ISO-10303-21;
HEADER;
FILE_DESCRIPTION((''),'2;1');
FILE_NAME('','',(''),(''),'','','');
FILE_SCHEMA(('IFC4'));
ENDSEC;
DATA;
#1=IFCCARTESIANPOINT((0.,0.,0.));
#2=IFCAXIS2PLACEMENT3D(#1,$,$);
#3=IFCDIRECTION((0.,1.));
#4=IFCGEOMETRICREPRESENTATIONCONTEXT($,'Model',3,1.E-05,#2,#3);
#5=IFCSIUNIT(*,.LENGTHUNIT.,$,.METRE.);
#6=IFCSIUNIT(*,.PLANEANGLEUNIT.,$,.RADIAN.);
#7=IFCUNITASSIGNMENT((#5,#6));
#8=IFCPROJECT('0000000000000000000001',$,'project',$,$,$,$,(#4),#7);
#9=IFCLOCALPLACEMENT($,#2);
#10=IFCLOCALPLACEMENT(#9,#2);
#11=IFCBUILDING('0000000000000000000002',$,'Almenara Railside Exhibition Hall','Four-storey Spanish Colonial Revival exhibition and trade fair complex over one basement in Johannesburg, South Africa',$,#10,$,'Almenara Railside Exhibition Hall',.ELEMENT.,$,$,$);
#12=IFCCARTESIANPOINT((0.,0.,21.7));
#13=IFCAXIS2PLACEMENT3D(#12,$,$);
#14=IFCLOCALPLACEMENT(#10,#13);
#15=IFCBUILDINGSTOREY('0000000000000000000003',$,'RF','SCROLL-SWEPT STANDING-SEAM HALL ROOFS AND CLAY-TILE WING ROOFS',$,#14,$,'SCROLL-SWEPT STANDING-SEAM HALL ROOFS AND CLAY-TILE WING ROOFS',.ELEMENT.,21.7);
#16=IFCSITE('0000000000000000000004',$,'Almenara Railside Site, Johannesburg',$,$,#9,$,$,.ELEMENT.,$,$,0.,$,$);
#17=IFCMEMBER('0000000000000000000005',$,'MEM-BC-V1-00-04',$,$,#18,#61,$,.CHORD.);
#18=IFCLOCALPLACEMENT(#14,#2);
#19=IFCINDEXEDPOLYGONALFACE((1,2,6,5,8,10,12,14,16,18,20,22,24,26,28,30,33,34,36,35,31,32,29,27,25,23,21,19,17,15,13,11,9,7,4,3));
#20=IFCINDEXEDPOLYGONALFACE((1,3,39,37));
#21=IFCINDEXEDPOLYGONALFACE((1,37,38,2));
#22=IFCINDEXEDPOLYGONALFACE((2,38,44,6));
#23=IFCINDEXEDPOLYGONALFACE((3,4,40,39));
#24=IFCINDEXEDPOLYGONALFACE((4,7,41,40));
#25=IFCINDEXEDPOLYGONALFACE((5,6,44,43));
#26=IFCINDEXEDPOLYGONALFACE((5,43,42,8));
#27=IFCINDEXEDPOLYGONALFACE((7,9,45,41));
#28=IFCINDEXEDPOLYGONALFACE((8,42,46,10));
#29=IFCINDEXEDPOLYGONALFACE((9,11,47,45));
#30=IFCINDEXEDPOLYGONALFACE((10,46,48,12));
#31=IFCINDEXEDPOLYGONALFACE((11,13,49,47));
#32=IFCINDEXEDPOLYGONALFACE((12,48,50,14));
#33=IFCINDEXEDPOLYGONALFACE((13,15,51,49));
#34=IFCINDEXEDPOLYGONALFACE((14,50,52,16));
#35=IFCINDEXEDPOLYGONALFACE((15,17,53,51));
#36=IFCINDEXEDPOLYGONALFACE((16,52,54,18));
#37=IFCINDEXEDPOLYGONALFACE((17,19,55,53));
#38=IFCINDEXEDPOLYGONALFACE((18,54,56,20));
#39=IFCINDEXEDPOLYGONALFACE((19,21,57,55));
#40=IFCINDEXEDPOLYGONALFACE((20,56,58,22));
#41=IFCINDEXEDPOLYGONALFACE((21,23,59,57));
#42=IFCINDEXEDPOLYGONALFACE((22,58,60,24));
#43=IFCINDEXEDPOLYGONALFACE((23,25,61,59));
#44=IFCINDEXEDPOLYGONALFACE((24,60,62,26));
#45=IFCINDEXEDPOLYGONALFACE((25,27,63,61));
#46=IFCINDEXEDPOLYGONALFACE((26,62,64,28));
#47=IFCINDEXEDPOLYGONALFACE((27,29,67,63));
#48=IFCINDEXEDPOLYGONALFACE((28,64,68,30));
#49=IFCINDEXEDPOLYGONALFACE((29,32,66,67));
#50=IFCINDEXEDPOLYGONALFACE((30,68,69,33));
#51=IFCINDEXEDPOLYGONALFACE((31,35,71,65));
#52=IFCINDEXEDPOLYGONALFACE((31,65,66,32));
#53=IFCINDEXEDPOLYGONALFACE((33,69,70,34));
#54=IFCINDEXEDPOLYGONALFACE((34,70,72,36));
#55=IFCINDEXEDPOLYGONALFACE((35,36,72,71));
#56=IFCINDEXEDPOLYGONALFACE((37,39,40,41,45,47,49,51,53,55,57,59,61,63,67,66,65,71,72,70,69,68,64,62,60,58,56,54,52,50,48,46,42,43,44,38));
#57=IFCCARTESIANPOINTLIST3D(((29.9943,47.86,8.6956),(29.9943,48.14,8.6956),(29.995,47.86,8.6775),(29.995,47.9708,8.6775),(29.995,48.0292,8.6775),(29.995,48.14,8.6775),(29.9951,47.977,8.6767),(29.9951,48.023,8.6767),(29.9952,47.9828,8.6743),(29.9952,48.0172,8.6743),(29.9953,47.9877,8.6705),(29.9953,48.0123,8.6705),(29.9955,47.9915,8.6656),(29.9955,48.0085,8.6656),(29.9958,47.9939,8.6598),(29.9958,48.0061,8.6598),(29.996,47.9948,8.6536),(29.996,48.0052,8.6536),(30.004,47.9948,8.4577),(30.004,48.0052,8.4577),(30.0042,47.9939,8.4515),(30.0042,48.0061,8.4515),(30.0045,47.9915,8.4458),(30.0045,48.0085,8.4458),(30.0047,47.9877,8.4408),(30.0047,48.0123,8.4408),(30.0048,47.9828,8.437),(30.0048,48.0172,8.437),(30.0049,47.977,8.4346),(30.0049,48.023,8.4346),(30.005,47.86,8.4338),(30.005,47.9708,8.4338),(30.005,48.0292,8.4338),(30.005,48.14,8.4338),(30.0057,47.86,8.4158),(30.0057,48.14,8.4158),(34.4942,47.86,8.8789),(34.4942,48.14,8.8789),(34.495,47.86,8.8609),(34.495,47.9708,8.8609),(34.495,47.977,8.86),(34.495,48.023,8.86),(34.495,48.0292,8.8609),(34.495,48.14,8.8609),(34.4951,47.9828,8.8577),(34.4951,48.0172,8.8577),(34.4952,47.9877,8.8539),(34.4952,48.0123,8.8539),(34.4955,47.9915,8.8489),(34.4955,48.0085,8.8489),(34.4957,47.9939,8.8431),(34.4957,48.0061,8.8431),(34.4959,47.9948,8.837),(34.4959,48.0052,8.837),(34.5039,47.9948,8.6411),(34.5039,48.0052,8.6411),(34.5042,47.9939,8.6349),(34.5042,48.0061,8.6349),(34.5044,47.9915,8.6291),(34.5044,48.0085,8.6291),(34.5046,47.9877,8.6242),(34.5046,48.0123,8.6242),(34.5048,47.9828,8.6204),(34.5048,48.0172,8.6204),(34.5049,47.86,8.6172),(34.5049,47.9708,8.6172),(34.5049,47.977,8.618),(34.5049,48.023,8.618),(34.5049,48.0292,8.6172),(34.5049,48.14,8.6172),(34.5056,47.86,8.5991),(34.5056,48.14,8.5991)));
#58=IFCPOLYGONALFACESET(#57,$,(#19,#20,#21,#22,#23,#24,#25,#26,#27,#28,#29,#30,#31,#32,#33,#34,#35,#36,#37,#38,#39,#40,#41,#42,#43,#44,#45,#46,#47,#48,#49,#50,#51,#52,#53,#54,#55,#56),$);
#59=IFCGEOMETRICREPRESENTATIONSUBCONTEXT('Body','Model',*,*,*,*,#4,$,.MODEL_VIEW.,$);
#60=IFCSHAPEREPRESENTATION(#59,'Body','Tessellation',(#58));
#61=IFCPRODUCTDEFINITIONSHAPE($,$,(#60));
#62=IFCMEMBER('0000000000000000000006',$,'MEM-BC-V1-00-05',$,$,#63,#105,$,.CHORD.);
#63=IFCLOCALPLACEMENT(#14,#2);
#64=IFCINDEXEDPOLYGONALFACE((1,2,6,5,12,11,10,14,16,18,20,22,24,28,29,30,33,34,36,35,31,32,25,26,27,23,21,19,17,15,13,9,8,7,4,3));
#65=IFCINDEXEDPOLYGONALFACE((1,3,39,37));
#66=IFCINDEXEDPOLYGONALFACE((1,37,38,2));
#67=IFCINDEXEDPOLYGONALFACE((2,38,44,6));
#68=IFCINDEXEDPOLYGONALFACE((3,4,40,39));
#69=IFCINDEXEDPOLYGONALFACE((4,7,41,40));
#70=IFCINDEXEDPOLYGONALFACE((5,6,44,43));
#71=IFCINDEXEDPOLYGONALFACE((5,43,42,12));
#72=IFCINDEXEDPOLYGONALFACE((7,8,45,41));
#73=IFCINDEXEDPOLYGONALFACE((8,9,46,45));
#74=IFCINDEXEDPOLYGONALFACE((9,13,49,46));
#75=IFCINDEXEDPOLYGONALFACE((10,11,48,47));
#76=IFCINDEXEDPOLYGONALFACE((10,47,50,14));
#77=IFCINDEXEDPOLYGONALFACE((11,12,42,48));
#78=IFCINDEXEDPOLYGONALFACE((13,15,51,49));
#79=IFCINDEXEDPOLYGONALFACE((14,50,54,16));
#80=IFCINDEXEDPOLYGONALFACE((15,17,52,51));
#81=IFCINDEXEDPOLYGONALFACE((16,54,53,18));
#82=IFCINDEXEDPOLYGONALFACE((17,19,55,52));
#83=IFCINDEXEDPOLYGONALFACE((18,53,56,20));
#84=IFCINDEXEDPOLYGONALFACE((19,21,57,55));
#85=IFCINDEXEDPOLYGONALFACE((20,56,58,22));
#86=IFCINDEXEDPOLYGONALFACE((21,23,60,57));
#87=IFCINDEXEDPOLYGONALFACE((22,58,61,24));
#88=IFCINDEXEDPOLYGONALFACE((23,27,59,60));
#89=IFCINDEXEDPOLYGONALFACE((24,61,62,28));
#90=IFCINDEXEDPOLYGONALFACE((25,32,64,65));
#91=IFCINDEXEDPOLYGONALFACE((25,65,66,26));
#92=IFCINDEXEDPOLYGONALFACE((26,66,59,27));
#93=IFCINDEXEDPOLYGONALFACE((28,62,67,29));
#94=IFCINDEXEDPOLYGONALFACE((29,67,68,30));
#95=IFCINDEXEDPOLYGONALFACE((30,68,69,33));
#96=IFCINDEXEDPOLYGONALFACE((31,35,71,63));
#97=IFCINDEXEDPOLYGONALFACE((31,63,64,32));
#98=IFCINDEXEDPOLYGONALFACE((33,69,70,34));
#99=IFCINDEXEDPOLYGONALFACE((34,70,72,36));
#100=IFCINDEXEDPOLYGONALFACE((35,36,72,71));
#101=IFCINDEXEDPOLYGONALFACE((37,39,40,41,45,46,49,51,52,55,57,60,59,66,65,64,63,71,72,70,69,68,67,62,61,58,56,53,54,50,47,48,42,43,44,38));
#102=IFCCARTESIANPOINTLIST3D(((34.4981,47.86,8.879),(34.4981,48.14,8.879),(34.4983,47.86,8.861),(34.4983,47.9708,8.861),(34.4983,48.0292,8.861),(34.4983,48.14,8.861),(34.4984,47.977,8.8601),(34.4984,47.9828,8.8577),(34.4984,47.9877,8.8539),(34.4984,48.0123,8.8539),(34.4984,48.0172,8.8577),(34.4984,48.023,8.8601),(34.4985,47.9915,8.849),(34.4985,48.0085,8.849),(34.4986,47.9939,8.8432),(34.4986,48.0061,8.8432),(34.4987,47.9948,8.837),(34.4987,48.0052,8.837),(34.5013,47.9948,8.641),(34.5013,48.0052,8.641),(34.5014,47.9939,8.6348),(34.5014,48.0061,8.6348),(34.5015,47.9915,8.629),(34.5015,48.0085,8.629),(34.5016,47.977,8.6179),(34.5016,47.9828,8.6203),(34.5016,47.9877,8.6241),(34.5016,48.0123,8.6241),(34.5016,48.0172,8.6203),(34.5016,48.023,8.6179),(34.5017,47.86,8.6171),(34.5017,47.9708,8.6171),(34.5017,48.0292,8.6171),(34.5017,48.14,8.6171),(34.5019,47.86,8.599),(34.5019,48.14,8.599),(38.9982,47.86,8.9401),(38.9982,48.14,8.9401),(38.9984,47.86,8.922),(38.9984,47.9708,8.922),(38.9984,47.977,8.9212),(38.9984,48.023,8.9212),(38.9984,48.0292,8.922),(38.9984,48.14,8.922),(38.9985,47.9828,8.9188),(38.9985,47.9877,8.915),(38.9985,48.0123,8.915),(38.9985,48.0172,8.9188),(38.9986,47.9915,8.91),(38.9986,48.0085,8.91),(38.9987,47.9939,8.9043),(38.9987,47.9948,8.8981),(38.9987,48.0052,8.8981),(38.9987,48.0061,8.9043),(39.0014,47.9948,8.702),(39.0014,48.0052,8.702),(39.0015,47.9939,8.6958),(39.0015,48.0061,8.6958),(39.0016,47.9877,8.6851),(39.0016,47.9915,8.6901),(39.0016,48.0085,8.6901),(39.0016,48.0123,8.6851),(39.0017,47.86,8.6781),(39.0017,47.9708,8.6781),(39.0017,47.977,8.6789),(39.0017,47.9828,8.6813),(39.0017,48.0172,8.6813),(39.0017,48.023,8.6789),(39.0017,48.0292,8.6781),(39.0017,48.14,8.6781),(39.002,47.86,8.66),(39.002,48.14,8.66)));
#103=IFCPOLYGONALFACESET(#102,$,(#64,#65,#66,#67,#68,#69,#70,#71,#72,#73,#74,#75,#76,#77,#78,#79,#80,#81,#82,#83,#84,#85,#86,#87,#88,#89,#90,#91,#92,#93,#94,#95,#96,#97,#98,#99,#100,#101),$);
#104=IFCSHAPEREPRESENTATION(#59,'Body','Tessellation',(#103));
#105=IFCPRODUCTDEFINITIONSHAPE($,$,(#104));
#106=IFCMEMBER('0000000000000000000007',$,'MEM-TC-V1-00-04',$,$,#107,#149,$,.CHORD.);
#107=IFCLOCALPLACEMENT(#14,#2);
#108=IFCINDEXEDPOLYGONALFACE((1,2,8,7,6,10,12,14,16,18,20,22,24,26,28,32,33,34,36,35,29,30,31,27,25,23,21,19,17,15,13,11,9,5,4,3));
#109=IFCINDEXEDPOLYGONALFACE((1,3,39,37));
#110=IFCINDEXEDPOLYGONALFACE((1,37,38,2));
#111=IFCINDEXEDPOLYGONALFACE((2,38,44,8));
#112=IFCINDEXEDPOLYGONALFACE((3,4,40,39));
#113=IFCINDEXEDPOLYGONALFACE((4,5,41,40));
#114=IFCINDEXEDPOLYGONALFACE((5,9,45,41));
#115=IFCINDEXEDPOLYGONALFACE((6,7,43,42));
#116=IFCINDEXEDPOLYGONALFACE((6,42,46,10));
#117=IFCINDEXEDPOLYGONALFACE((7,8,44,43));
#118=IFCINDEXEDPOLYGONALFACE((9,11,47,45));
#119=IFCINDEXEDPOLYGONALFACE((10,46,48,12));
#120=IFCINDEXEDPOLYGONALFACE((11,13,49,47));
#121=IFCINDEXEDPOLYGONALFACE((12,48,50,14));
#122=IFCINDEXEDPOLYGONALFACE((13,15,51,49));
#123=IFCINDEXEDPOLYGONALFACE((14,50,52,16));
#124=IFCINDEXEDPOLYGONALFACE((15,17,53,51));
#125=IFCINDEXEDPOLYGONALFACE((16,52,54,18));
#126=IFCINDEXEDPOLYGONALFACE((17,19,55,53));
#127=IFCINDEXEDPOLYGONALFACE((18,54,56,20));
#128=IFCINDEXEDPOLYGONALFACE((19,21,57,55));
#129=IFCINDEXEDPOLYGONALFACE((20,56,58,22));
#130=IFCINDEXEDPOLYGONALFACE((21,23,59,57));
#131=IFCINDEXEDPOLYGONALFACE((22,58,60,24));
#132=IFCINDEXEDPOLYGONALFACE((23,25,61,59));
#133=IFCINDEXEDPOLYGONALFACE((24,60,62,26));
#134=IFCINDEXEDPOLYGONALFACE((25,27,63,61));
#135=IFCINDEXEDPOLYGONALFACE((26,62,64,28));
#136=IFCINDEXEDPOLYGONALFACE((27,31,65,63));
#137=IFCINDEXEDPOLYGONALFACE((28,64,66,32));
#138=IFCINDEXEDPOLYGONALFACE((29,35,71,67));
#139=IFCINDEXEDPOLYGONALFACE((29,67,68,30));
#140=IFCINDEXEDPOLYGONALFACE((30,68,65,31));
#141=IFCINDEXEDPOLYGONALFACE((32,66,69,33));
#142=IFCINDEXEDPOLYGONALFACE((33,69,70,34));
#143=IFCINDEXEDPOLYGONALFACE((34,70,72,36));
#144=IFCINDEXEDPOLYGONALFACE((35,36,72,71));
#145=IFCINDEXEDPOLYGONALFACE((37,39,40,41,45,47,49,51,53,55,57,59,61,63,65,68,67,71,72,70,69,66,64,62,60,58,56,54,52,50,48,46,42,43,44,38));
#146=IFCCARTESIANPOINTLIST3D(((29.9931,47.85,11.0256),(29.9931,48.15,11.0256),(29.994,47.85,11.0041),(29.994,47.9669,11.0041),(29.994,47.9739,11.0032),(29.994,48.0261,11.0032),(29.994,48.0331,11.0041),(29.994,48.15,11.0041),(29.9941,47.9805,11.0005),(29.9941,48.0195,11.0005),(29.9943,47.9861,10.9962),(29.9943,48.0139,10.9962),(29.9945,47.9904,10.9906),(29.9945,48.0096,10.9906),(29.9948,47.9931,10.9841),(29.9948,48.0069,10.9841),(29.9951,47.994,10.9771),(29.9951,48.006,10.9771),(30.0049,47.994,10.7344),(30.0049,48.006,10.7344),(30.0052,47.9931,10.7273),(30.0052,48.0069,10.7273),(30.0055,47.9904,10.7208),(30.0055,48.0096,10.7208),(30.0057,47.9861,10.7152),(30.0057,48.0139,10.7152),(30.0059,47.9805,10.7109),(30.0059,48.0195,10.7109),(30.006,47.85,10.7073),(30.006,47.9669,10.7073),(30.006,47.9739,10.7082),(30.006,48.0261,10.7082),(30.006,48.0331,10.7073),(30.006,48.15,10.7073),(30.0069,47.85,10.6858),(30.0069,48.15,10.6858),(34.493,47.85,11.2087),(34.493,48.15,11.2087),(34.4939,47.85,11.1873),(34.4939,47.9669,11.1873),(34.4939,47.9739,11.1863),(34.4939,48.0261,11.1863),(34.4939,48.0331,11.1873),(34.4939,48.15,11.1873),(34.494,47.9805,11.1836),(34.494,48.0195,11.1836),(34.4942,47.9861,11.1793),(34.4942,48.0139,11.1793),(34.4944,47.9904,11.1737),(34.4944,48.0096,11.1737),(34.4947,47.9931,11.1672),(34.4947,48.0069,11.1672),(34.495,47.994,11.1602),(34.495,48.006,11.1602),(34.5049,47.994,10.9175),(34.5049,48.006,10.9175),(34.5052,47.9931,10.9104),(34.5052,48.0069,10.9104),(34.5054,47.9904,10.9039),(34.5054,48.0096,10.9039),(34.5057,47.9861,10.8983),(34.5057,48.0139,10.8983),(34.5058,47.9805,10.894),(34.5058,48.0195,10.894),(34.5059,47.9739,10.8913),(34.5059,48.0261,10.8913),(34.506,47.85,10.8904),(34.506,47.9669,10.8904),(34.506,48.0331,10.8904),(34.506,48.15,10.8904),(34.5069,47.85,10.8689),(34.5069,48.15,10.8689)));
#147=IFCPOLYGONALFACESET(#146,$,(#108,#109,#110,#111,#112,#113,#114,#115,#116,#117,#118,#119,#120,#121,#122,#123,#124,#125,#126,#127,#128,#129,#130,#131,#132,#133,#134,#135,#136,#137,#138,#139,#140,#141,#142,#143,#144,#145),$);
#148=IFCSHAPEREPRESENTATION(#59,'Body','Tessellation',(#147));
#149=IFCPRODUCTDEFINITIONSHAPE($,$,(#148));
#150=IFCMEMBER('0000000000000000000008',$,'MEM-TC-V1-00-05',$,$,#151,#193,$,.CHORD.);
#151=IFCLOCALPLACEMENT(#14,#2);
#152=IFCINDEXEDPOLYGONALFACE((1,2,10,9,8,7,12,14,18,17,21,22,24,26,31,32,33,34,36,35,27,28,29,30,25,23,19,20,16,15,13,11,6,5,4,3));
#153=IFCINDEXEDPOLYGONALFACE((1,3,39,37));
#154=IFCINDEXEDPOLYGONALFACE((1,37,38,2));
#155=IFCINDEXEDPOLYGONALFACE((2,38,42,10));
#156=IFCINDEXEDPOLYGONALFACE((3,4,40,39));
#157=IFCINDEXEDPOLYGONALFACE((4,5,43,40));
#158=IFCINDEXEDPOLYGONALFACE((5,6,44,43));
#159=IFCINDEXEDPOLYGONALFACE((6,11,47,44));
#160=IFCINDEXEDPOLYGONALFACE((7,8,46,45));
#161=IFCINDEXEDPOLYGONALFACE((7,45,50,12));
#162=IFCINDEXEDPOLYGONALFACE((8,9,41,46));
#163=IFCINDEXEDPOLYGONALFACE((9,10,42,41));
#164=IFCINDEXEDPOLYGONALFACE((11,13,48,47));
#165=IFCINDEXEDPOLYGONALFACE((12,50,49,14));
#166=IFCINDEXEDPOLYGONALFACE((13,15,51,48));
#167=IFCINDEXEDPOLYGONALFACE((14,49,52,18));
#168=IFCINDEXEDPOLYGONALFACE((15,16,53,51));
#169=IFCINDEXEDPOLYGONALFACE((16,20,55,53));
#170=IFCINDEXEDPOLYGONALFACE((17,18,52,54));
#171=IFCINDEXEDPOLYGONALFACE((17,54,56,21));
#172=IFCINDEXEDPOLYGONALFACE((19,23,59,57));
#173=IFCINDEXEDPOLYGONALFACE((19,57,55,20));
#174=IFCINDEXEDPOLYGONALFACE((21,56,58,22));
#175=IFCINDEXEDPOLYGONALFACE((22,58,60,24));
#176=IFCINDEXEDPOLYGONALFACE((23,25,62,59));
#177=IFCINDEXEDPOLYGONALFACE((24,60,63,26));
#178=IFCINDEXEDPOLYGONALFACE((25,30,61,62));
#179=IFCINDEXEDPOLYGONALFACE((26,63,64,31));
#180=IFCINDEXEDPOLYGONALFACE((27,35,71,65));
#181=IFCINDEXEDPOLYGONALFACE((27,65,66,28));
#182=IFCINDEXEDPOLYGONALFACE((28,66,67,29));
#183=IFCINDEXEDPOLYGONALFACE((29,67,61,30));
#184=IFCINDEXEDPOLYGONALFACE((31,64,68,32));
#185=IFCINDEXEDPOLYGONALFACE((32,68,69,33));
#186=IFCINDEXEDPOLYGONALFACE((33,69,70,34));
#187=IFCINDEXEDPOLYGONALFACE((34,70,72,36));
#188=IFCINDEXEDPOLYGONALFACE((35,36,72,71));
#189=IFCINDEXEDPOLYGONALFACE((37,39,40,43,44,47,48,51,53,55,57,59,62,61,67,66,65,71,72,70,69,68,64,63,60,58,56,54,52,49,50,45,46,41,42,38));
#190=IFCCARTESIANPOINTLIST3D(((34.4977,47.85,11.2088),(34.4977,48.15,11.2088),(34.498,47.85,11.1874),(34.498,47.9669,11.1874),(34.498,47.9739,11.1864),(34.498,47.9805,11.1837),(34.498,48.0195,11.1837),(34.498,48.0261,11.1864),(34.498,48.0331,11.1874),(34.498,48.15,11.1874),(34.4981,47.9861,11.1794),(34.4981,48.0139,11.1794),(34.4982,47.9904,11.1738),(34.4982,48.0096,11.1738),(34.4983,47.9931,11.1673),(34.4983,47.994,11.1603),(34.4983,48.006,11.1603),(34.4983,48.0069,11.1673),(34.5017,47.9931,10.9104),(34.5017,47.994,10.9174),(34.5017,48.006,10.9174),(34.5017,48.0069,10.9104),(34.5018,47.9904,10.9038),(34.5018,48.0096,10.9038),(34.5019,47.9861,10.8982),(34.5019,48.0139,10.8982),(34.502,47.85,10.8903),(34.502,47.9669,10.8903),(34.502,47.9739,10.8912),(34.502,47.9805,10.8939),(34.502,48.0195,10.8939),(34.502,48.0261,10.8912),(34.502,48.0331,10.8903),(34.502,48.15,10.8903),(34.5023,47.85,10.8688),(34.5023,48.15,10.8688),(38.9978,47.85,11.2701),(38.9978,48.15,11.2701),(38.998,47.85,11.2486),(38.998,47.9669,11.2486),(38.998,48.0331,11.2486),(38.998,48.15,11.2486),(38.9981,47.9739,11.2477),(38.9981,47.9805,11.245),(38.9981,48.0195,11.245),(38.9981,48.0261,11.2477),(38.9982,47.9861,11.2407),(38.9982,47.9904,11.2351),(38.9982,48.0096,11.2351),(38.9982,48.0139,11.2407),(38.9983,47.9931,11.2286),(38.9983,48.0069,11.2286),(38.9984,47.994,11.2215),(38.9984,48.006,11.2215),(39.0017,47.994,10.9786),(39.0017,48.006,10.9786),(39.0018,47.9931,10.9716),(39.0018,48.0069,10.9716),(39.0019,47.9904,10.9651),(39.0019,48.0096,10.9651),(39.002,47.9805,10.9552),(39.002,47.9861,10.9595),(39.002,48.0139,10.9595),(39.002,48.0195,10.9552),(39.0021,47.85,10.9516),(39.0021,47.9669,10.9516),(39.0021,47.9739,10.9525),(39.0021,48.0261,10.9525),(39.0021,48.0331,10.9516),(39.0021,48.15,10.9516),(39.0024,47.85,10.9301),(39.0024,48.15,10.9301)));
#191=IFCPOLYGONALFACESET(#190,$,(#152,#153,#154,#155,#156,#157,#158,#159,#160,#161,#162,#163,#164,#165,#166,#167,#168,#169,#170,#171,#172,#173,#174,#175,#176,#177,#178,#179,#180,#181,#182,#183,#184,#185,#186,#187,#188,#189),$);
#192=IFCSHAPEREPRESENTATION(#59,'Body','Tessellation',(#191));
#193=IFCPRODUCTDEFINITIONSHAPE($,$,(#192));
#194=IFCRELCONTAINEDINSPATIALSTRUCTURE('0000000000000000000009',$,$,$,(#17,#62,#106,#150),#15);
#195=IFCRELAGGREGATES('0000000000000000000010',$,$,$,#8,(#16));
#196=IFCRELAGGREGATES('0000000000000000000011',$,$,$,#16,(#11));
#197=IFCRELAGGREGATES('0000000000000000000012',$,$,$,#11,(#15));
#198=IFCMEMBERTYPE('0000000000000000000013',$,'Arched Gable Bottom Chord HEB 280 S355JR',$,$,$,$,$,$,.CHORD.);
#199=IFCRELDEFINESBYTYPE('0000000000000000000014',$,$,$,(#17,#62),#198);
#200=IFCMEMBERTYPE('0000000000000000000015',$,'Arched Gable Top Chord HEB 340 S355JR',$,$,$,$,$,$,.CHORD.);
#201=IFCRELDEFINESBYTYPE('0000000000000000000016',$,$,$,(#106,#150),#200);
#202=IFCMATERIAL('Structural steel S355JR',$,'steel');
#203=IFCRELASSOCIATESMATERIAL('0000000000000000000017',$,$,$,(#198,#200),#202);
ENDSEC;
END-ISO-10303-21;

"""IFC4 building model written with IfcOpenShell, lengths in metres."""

from ifc_helpers import new_model, si_unit, direction, frame, origin, origin_2d, place, context, subcontext, project, spatial, i_section, extrude, material, material_profile, profile_set, type_object, element, save


model = new_model("IFC4")

# Units and contexts
model_context = context("Model", 3, precision=1e-05, world=origin(), true_north=direction((0.0, 1.0)))
body_context = subcontext(model_context, "Body", "Model", "MODEL_VIEW")
ifc_project = project(units=[si_unit("LENGTHUNIT", "METRE"), si_unit("PLANEANGLEUNIT", "RADIAN")], contexts=[model_context])

# Site, building, storey
site_placement = place(None, origin())
site = spatial("IfcSite", under=ifc_project, at=site_placement, Name="Almenara Railside Site, Johannesburg", CompositionType="ELEMENT", RefElevation=0.0)
building_placement = place(site_placement, origin())
building = spatial("IfcBuilding", under=site, at=building_placement, Name="Almenara Railside Exhibition Hall", Description="Four-storey Spanish Colonial Revival exhibition and trade fair complex over one basement in Johannesburg, South Africa", LongName="Almenara Railside Exhibition Hall", CompositionType="ELEMENT")
storey_placement = place(building_placement, frame((0.0, 0.0, 21.7)))
storey = spatial("IfcBuildingStorey", under=building, at=storey_placement, Name="RF", Description="SCROLL-SWEPT STANDING-SEAM HALL ROOFS AND CLAY-TILE WING ROOFS", LongName="SCROLL-SWEPT STANDING-SEAM HALL ROOFS AND CLAY-TILE WING ROOFS", CompositionType="ELEMENT", Elevation=21.7)

# Members
ifc_material_1 = material(Name="Structural steel S355JR", Category="steel")
ifc_material_profile_1 = material_profile(ifc_material_1, i_section(OverallWidth=0.28, OverallDepth=0.28, WebThickness=0.0105, FlangeThickness=0.0181, FilletRadius=0.0239, at=origin_2d()), Name="HEB 280")
ifc_profile_set_1 = profile_set([ifc_material_profile_1], Name="Structural steel S355JR")
member_type_1 = type_object("IfcMemberType", Name="Arched Gable Bottom Chord HEB 280 S355JR", PredefinedType="CHORD", material=ifc_profile_set_1)
member_1_placement = place(storey_placement, frame((30.0, 48.0, 8.5557), z_axis=(0.999171, 0.0, 0.040711), x_axis=(0.0, 1.0, 0.0)))
element("IfcMember", 1, at=member_1_placement, inside=storey, type_object=member_type_1, Name="MEM-BC-V1-00-04", PredefinedType="CHORD", context=body_context, shape_type="SweptSolid", body=[
    extrude(i_section(OverallWidth=0.28, OverallDepth=0.28, WebThickness=0.0105, FlangeThickness=0.0181, FilletRadius=0.0239, at=origin_2d()), origin(), (0.0, 0.0, 1.0), 4.5037),
])
member_2_placement = place(storey_placement, frame((34.5, 48.0, 8.739), z_axis=(0.999908, 0.0, 0.013562), x_axis=(0.0, 1.0, 0.0)))
element("IfcMember", 2, at=member_2_placement, inside=storey, type_object=member_type_1, Name="MEM-BC-V1-00-05", PredefinedType="CHORD", context=body_context, shape_type="SweptSolid", body=[
    extrude(i_section(OverallWidth=0.28, OverallDepth=0.28, WebThickness=0.0105, FlangeThickness=0.0181, FilletRadius=0.0239, at=origin_2d()), origin(), (0.0, 0.0, 1.0), 4.5005),
])
ifc_material_profile_2 = material_profile(ifc_material_1, i_section(OverallWidth=0.3, OverallDepth=0.3401, WebThickness=0.012, FlangeThickness=0.0215, FilletRadius=0.0271, at=origin_2d()), Name="HEB 340")
ifc_profile_set_2 = profile_set([ifc_material_profile_2], Name="Structural steel S355JR")
member_type_2 = type_object("IfcMemberType", Name="Arched Gable Top Chord HEB 340 S355JR", PredefinedType="CHORD", material=ifc_profile_set_2)
member_3_placement = place(storey_placement, frame((30.0, 48.0, 10.8557), z_axis=(0.999173, 0.0, 0.040656), x_axis=(0.0, 1.0, 0.0)))
element("IfcMember", 3, at=member_3_placement, inside=storey, type_object=member_type_2, Name="MEM-TC-V1-00-04", PredefinedType="CHORD", context=body_context, shape_type="SweptSolid", body=[
    extrude(i_section(OverallWidth=0.3, OverallDepth=0.3401, WebThickness=0.012, FlangeThickness=0.0215, FilletRadius=0.0271, at=origin_2d()), origin(), (0.0, 0.0, 1.0), 4.5037),
])
member_4_placement = place(storey_placement, frame((34.5, 48.0, 11.0388), z_axis=(0.999907, 0.0, 0.013616), x_axis=(0.0, 1.0, 0.0)))
element("IfcMember", 4, at=member_4_placement, inside=storey, type_object=member_type_2, Name="MEM-TC-V1-00-05", PredefinedType="CHORD", context=body_context, shape_type="SweptSolid", body=[
    extrude(i_section(OverallWidth=0.3, OverallDepth=0.3401, WebThickness=0.012, FlangeThickness=0.0215, FilletRadius=0.0271, at=origin_2d()), origin(), (0.0, 0.0, 1.0), 4.5005),
])

save(model, "model.ifc")
